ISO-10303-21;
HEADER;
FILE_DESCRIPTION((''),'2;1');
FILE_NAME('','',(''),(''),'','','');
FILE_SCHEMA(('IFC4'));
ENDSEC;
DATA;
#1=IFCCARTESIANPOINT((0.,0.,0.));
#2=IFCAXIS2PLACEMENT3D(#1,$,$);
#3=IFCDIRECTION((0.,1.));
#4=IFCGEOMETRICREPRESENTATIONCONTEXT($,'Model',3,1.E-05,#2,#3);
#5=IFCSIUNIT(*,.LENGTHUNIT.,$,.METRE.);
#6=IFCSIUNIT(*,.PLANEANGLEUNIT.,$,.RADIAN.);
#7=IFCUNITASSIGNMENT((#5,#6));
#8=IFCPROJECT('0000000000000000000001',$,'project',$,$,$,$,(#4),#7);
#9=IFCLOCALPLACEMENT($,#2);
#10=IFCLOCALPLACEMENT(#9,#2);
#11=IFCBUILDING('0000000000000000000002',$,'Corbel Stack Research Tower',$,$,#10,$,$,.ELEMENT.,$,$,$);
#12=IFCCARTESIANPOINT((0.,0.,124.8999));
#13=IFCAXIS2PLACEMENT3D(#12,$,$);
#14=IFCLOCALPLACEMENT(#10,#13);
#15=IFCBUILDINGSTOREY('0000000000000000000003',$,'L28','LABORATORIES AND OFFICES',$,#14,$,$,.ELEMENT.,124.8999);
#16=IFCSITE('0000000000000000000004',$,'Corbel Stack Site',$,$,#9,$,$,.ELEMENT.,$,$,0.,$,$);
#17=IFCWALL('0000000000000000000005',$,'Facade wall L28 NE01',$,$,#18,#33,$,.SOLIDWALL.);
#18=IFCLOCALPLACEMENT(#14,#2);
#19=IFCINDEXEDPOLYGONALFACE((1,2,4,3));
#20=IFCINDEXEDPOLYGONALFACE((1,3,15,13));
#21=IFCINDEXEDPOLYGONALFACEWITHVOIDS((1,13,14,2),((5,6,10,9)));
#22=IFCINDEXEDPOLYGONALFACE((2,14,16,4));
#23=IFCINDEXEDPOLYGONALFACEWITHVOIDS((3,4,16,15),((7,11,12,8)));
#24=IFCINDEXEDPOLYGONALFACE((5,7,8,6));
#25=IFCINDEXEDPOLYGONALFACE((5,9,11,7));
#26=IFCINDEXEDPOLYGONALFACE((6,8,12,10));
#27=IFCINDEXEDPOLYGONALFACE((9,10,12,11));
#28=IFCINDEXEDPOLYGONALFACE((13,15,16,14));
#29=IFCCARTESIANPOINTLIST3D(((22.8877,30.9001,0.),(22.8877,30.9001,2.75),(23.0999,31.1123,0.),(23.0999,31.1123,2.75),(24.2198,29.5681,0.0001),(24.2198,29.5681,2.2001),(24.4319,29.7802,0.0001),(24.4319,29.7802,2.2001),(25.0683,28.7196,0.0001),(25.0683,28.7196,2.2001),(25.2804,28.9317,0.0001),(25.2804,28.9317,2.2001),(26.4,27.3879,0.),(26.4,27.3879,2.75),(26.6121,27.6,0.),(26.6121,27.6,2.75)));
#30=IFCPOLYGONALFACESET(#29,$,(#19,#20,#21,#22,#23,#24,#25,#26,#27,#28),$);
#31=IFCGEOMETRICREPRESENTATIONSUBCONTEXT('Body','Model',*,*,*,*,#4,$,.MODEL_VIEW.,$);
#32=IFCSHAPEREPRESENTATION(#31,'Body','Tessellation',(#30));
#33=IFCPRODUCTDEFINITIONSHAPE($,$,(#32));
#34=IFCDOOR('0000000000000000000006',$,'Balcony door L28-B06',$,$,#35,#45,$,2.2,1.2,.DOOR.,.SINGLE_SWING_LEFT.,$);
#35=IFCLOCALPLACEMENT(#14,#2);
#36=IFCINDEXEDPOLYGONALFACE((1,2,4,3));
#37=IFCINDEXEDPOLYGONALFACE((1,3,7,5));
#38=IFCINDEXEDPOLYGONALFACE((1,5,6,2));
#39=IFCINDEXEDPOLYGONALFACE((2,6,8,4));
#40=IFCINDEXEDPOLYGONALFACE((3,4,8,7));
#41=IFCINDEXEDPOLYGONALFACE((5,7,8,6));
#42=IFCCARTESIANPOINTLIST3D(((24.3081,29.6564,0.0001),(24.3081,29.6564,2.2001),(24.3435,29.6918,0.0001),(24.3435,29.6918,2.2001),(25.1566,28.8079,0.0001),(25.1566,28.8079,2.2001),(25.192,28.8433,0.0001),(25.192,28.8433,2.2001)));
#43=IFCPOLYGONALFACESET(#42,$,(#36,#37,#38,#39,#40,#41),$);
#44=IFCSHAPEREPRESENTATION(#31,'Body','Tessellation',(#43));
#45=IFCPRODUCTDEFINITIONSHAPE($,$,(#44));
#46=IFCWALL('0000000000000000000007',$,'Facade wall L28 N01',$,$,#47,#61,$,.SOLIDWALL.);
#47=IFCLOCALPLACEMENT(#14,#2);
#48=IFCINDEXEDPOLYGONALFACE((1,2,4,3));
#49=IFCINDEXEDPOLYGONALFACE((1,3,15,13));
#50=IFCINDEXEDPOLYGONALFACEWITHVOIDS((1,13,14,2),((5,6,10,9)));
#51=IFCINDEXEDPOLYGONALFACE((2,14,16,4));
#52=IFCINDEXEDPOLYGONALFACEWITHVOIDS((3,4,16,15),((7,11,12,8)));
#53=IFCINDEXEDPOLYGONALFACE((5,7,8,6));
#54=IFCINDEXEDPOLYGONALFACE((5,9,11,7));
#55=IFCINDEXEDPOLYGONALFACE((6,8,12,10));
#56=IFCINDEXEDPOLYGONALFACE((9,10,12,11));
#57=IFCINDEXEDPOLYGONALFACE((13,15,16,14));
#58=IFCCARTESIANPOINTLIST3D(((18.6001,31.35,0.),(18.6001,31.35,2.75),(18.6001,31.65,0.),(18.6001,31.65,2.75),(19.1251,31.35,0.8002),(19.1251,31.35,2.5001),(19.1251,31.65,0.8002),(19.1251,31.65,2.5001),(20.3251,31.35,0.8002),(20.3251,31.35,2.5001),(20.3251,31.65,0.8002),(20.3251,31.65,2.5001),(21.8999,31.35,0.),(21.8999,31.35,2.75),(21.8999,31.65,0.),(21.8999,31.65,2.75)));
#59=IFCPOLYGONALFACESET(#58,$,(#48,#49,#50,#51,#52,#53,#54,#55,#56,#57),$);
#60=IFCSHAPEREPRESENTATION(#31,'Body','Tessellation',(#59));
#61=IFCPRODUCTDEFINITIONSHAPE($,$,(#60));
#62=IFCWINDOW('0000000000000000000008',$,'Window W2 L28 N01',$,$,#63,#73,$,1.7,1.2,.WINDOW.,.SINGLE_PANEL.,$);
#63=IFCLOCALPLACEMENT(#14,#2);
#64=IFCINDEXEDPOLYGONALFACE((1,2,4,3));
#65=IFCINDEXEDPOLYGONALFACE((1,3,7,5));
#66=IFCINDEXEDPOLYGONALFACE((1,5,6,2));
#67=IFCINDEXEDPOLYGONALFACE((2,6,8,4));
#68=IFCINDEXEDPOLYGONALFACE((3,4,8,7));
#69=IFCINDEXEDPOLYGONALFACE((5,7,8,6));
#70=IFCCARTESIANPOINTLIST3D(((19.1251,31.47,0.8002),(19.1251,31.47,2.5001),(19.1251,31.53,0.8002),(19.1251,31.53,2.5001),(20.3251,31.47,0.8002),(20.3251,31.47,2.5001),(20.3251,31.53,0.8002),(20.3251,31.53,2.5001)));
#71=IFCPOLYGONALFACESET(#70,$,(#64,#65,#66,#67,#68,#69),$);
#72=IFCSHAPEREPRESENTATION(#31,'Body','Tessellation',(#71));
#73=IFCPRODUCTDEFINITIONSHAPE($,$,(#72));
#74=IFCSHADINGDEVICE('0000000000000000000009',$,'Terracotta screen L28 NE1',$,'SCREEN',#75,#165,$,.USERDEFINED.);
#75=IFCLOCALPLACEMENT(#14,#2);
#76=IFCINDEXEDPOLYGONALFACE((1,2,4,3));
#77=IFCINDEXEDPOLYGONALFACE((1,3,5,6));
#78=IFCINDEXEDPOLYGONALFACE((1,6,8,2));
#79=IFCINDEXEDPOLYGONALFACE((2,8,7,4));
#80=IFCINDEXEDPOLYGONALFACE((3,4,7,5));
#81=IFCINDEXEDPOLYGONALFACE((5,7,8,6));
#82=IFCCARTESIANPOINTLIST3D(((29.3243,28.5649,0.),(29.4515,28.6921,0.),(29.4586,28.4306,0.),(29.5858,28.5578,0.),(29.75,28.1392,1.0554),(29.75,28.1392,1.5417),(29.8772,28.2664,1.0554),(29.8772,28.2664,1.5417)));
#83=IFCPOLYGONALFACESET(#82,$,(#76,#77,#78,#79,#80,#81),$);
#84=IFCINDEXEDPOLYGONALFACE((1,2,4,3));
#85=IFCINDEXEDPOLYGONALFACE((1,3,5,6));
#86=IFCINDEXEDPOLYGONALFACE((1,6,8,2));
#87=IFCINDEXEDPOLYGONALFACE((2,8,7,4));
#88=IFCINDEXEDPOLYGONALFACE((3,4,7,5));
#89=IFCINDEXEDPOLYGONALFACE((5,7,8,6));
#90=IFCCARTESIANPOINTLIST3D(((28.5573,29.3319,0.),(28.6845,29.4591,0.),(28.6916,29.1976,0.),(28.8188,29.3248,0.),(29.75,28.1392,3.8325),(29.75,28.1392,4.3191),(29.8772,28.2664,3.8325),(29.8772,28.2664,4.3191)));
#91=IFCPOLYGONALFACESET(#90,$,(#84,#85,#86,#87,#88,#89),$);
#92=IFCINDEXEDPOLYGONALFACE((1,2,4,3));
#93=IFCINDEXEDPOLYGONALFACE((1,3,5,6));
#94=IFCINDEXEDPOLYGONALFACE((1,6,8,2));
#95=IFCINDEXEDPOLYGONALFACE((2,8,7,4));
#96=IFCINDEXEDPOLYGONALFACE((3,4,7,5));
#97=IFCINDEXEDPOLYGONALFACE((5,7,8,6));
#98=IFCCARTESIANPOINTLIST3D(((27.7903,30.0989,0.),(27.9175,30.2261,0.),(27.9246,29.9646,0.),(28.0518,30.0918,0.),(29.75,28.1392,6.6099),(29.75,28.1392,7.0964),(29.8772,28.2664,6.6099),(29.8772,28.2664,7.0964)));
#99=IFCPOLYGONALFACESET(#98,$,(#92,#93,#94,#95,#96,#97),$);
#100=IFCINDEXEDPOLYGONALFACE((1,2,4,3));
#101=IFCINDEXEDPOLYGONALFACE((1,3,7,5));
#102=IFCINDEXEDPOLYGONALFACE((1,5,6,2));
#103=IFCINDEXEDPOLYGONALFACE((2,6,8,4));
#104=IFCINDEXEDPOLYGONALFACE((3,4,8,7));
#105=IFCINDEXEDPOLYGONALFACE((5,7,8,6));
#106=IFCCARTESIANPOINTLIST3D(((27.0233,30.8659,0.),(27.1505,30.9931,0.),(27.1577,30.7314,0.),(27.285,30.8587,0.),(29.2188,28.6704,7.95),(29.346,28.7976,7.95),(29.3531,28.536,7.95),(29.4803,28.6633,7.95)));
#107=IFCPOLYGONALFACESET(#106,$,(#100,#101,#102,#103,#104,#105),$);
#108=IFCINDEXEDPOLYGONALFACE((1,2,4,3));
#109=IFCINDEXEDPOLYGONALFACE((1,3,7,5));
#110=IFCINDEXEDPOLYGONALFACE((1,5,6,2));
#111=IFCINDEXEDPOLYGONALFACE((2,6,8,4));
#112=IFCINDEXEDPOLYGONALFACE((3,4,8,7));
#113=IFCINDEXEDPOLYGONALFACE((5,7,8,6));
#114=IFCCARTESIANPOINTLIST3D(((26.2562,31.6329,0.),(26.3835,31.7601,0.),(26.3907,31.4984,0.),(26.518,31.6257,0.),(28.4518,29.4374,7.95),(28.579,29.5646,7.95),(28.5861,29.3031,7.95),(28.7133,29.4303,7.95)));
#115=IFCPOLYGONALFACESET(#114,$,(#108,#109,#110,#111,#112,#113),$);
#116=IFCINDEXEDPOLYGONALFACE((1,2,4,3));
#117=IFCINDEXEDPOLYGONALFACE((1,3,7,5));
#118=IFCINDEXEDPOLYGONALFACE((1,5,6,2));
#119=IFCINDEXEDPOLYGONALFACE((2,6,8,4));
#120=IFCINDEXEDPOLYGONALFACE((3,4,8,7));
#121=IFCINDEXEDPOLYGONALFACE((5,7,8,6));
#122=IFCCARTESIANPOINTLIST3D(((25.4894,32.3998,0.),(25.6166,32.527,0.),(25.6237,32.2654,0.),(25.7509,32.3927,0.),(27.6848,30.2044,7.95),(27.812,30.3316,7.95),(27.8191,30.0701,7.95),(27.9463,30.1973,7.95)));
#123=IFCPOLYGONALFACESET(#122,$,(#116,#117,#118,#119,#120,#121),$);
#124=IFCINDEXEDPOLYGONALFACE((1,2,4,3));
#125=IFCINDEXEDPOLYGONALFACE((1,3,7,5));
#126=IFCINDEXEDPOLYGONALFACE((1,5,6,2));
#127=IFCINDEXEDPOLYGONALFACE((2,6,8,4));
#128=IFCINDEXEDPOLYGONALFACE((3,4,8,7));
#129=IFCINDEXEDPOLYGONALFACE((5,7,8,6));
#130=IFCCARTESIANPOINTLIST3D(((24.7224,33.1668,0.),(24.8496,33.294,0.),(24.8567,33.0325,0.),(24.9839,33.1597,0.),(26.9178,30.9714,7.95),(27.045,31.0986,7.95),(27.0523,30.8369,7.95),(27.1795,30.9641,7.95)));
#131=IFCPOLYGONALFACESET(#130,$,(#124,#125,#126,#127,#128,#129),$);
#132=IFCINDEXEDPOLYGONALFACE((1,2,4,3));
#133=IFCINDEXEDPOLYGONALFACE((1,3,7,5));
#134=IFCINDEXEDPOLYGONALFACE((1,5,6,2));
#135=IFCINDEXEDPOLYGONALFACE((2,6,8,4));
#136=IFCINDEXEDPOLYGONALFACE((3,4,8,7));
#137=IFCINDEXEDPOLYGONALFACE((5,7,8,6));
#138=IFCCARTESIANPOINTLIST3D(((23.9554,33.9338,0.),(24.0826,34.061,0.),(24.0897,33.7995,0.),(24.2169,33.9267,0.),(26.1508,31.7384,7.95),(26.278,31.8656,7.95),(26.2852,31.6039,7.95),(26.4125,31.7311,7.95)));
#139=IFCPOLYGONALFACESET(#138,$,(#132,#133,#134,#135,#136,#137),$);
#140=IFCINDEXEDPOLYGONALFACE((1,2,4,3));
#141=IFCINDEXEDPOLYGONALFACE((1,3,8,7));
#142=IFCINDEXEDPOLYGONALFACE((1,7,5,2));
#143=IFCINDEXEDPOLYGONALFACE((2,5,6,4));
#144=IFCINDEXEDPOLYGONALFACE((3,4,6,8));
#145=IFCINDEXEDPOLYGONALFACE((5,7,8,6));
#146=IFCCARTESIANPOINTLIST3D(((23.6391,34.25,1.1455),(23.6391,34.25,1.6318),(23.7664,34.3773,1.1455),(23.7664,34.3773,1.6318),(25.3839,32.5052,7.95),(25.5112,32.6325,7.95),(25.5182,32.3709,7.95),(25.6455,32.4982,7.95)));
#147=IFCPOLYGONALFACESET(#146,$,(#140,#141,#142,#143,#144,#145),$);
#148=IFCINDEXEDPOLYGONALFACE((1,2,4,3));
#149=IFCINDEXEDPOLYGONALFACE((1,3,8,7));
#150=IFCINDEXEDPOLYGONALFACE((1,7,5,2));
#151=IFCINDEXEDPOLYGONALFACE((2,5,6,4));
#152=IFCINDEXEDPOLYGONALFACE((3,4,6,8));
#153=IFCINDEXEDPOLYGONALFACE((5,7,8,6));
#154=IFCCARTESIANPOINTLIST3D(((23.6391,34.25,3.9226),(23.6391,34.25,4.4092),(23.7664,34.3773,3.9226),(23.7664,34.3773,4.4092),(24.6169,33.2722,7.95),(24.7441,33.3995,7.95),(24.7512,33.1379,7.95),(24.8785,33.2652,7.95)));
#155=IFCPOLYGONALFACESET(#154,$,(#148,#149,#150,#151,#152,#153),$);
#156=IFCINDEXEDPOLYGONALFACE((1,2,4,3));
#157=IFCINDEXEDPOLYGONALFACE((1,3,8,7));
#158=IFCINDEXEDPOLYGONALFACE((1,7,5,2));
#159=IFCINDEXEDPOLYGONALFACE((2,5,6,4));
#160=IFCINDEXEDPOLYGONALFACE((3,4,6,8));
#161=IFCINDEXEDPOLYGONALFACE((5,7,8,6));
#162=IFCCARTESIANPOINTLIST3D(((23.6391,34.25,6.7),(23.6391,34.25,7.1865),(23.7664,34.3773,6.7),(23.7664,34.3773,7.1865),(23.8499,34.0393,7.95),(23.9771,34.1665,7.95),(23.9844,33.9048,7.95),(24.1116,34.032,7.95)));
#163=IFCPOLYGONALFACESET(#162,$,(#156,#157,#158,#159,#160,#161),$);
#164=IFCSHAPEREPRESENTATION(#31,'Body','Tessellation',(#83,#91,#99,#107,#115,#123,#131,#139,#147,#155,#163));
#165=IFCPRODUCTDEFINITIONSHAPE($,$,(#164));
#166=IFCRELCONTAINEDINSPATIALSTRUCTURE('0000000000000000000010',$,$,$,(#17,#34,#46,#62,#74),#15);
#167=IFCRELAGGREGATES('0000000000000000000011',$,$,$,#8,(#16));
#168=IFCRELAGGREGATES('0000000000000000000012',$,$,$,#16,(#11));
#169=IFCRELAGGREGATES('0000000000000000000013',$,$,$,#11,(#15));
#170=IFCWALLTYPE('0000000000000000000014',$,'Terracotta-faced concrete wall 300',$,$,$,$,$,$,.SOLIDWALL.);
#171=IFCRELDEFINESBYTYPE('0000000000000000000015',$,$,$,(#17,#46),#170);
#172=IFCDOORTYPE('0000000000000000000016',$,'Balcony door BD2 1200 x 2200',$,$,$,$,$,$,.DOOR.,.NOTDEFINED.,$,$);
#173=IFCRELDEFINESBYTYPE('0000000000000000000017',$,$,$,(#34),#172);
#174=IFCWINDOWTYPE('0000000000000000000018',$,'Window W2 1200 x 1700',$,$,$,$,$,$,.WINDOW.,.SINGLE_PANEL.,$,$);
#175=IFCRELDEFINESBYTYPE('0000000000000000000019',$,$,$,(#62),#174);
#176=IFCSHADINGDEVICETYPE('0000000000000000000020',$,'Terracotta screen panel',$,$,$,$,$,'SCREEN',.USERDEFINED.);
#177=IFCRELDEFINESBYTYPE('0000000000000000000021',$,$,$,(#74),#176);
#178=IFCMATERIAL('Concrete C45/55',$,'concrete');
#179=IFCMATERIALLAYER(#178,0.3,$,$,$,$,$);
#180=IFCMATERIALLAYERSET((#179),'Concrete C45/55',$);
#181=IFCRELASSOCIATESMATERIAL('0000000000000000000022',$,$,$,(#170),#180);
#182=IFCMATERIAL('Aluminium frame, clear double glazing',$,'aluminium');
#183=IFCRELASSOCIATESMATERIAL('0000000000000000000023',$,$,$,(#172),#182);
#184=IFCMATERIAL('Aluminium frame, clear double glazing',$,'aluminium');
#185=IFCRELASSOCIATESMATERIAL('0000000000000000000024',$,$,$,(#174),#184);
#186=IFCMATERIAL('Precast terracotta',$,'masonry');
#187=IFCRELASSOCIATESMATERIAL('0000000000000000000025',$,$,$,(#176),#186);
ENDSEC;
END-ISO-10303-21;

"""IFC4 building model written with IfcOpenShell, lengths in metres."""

from ifc_helpers import new_model, si_unit, direction, frame, frame_2d, origin, place, context, subcontext, project, spatial, polyline, rectangle, outline, extrude, source, transform, mapped, material, layer, layer_set, type_object, element, fill, save


model = new_model("IFC4")

# Units and contexts
model_context = context("Model", 3, precision=1e-05, world=origin(), true_north=direction((0.0, 1.0)))
body_context = subcontext(model_context, "Body", "Model", "MODEL_VIEW")
ifc_project = project(units=[si_unit("LENGTHUNIT", "METRE"), si_unit("PLANEANGLEUNIT", "RADIAN")], contexts=[model_context])

# Site, building, storey
site_placement = place(None, origin())
site = spatial("IfcSite", under=ifc_project, at=site_placement, Name="Corbel Stack Site", CompositionType="ELEMENT", RefElevation=0.0)
building_placement = place(site_placement, origin())
building = spatial("IfcBuilding", under=site, at=building_placement, Name="Corbel Stack Research Tower", CompositionType="ELEMENT")
storey_placement = place(building_placement, frame((0.0, 0.0, 124.8999)))
storey = spatial("IfcBuildingStorey", under=building, at=storey_placement, Name="L28", Description="LABORATORIES AND OFFICES", CompositionType="ELEMENT", Elevation=124.8999)

# Wall, opening, door
ifc_material_1 = material(Name="Concrete C45/55", Category="concrete")
ifc_layer_1 = layer(ifc_material_1, 0.3)
ifc_layer_set_1 = layer_set([ifc_layer_1], Name="Concrete C45/55")
wall_type_1 = type_object("IfcWallType", Name="Terracotta-faced concrete wall 300", PredefinedType="SOLIDWALL", material=ifc_layer_set_1)
wall_1_placement = place(storey_placement, frame((22.9939, 31.0061, 0.0), z_axis=(0.0, 0.0, 1.0), x_axis=(0.707107, -0.707107, 0.0)))
wall_1 = element("IfcWall", 1, at=wall_1_placement, inside=storey, type_object=wall_type_1, Name="Facade wall L28 NE01", PredefinedType="SOLIDWALL", context=body_context, shape_type="SweptSolid", body=[
    extrude(rectangle(XDim=4.967, YDim=0.3, at=frame_2d((2.4834, 0.0))), origin(), (0.0, 0.0, 1.0), 2.75),
])
opening_1_placement = place(wall_1_placement, frame((1.8835, 0.0, 0.0)))
opening_1 = element("IfcOpeningElement", 2, at=opening_1_placement, cuts=wall_1, PredefinedType="OPENING", context=body_context, shape_type="SweptSolid", body=[
    extrude(rectangle(XDim=1.2, YDim=2.2, at=frame_2d((0.6001, 1.1001))), frame((0.0, 0.1599, 0.0), z_axis=(0.0, -1.0, 0.0), x_axis=(1.0, 0.0, 0.0)), (0.0, 0.0, 1.0), 0.3201),
])
ifc_material_2 = material(Name="Aluminium frame, clear double glazing", Category="aluminium")
door_type_1 = type_object("IfcDoorType", Name="Balcony door BD2 1200 x 2200", OperationType="NOTDEFINED", PredefinedType="DOOR", material=ifc_material_2)
door_1_placement = place(opening_1_placement, origin())
door_1 = element("IfcDoor", 3, at=door_1_placement, inside=storey, type_object=door_type_1, Name="Balcony door L28-B06", OperationType="SINGLE_SWING_LEFT", OverallHeight=2.2, OverallWidth=1.2, PredefinedType="DOOR", context=body_context, shape_type="SweptSolid", body=[
    extrude(rectangle(XDim=1.2, YDim=2.2, at=frame_2d((0.6001, 1.1001))), frame((0.0, 0.0249, 0.0), z_axis=(0.0, -1.0, 0.0), x_axis=(1.0, 0.0, 0.0)), (0.0, 0.0, 1.0), 0.05),
])
fill(opening_1, door_1)

# Wall, opening, window
wall_2_placement = place(storey_placement, frame((18.6001, 31.5, 0.0), z_axis=(0.0, 0.0, 1.0), x_axis=(1.0, 0.0, 0.0)))
wall_2 = element("IfcWall", 4, at=wall_2_placement, inside=storey, type_object=wall_type_1, Name="Facade wall L28 N01", PredefinedType="SOLIDWALL", context=body_context, shape_type="SweptSolid", body=[
    extrude(rectangle(XDim=3.2998, YDim=0.3, at=frame_2d((1.6499, 0.0))), origin(), (0.0, 0.0, 1.0), 2.75),
])
opening_2_placement = place(wall_2_placement, frame((0.5249, 0.0, 0.8)))
opening_2 = element("IfcOpeningElement", 5, at=opening_2_placement, cuts=wall_2, PredefinedType="OPENING", context=body_context, shape_type="SweptSolid", body=[
    extrude(rectangle(XDim=1.2, YDim=1.7, at=frame_2d((0.6001, 0.8501))), frame((0.0, 0.1599, 0.0), z_axis=(0.0, -1.0, 0.0), x_axis=(1.0, 0.0, 0.0)), (0.0, 0.0, 1.0), 0.3201),
])
ifc_material_3 = material(Name="Aluminium frame, clear double glazing", Category="aluminium")
window_type = type_object("IfcWindowType", Name="Window W2 1200 x 1700", PartitioningType="SINGLE_PANEL", PredefinedType="WINDOW", material=ifc_material_3)
window_placement = place(opening_2_placement, origin())
window = element("IfcWindow", 6, at=window_placement, inside=storey, type_object=window_type, Name="Window W2 L28 N01", OverallHeight=1.7, OverallWidth=1.2, PartitioningType="SINGLE_PANEL", PredefinedType="WINDOW", context=body_context, shape_type="SweptSolid", body=[
    extrude(rectangle(XDim=1.2, YDim=1.7, at=frame_2d((0.6001, 0.8501))), frame((0.0, 0.03, 0.0), z_axis=(0.0, -1.0, 0.0), x_axis=(1.0, 0.0, 0.0)), (0.0, 0.0, 1.0), 0.0601),
])
fill(opening_2, window)

# Shading device
ifc_material_4 = material(Name="Precast terracotta", Category="masonry")
shading_device_type = type_object("IfcShadingDeviceType", Name="Terracotta screen panel", ElementType="SCREEN", PredefinedType="USERDEFINED", material=ifc_material_4)
shared_shape_1 = source(origin(), body_context, "Body", "SweptSolid", [
    extrude(outline(polyline([(0.6021, 0.0), (0.0, 1.5417), (0.0, 1.0554), (0.4121, 0.0), (0.6021, 0.0)])), frame((0.0, 0.0, 0.0), z_axis=(0.0, -1.0, 0.0), x_axis=(1.0, 0.0, 0.0)), (0.0, 0.0, 1.0), 0.1799),
    extrude(outline(polyline([(1.6868, 0.0), (0.0, 4.3191), (0.0, 3.8325), (1.4968, 0.0), (1.6868, 0.0)])), frame((0.0, 0.0, 0.0), z_axis=(0.0, -1.0, 0.0), x_axis=(1.0, 0.0, 0.0)), (0.0, 0.0, 1.0), 0.1799),
    extrude(outline(polyline([(2.7715, 0.0), (0.0, 7.0964), (0.0, 6.6099), (2.5815, 0.0), (2.7715, 0.0)])), frame((0.0, 0.0, 0.0), z_axis=(0.0, -1.0, 0.0), x_axis=(1.0, 0.0, 0.0)), (0.0, 0.0, 1.0), 0.1799),
    extrude(outline(polyline([(3.8562, 0.0), (0.7512, 7.95), (0.5613, 7.95), (3.666, 0.0), (3.8562, 0.0)])), frame((0.0, 0.0, 0.0), z_axis=(0.0, -1.0, 0.0), x_axis=(1.0, 0.0, 0.0)), (0.0, 0.0, 1.0), 0.1799),
    extrude(outline(polyline([(4.9409, 0.0), (1.8359, 7.95), (1.646, 7.95), (4.7507, 0.0), (4.9409, 0.0)])), frame((0.0, 0.0, 0.0), z_axis=(0.0, -1.0, 0.0), x_axis=(1.0, 0.0, 0.0)), (0.0, 0.0, 1.0), 0.1799),
    extrude(outline(polyline([(6.0254, 0.0), (2.9207, 7.95), (2.7307, 7.95), (5.8354, 0.0), (6.0254, 0.0)])), frame((0.0, 0.0, 0.0), z_axis=(0.0, -1.0, 0.0), x_axis=(1.0, 0.0, 0.0)), (0.0, 0.0, 1.0), 0.1799),
    extrude(outline(polyline([(7.1101, 0.0), (4.0054, 7.95), (3.8152, 7.95), (6.9202, 0.0), (7.1101, 0.0)])), frame((0.0, 0.0, 0.0), z_axis=(0.0, -1.0, 0.0), x_axis=(1.0, 0.0, 0.0)), (0.0, 0.0, 1.0), 0.1799),
    extrude(outline(polyline([(8.1948, 0.0), (5.0901, 7.95), (4.8999, 7.95), (8.0049, 0.0), (8.1948, 0.0)])), frame((0.0, 0.0, 0.0), z_axis=(0.0, -1.0, 0.0), x_axis=(1.0, 0.0, 0.0)), (0.0, 0.0, 1.0), 0.1799),
    extrude(outline(polyline([(6.1746, 7.95), (5.9846, 7.95), (8.6421, 1.1455), (8.6421, 1.6318), (6.1746, 7.95)])), frame((0.0, 0.0, 0.0), z_axis=(0.0, -1.0, 0.0), x_axis=(1.0, 0.0, 0.0)), (0.0, 0.0, 1.0), 0.1799),
    extrude(outline(polyline([(7.2593, 7.95), (7.0693, 7.95), (8.6421, 3.9226), (8.6421, 4.4092), (7.2593, 7.95)])), frame((0.0, 0.0, 0.0), z_axis=(0.0, -1.0, 0.0), x_axis=(1.0, 0.0, 0.0)), (0.0, 0.0, 1.0), 0.1799),
    extrude(outline(polyline([(8.344, 7.95), (8.1538, 7.95), (8.6421, 6.7), (8.6421, 7.1865), (8.344, 7.95)])), frame((0.0, 0.0, 0.0), z_axis=(0.0, -1.0, 0.0), x_axis=(1.0, 0.0, 0.0)), (0.0, 0.0, 1.0), 0.1799),
])
shading_device_1_placement = place(storey_placement, frame((29.75, 28.1392, 0.0), z_axis=(0.0, 0.0, 1.0), x_axis=(-0.707107, 0.707107, 0.0)))
element("IfcShadingDevice", 7, at=shading_device_1_placement, inside=storey, type_object=shading_device_type, Name="Terracotta screen L28 NE1", ObjectType="SCREEN", PredefinedType="USERDEFINED", context=body_context, shape_type="MappedRepresentation", body=[
    mapped(shared_shape_1, transform((0.0, 0.0, 0.0))),
])

save(model, "model.ifc")
